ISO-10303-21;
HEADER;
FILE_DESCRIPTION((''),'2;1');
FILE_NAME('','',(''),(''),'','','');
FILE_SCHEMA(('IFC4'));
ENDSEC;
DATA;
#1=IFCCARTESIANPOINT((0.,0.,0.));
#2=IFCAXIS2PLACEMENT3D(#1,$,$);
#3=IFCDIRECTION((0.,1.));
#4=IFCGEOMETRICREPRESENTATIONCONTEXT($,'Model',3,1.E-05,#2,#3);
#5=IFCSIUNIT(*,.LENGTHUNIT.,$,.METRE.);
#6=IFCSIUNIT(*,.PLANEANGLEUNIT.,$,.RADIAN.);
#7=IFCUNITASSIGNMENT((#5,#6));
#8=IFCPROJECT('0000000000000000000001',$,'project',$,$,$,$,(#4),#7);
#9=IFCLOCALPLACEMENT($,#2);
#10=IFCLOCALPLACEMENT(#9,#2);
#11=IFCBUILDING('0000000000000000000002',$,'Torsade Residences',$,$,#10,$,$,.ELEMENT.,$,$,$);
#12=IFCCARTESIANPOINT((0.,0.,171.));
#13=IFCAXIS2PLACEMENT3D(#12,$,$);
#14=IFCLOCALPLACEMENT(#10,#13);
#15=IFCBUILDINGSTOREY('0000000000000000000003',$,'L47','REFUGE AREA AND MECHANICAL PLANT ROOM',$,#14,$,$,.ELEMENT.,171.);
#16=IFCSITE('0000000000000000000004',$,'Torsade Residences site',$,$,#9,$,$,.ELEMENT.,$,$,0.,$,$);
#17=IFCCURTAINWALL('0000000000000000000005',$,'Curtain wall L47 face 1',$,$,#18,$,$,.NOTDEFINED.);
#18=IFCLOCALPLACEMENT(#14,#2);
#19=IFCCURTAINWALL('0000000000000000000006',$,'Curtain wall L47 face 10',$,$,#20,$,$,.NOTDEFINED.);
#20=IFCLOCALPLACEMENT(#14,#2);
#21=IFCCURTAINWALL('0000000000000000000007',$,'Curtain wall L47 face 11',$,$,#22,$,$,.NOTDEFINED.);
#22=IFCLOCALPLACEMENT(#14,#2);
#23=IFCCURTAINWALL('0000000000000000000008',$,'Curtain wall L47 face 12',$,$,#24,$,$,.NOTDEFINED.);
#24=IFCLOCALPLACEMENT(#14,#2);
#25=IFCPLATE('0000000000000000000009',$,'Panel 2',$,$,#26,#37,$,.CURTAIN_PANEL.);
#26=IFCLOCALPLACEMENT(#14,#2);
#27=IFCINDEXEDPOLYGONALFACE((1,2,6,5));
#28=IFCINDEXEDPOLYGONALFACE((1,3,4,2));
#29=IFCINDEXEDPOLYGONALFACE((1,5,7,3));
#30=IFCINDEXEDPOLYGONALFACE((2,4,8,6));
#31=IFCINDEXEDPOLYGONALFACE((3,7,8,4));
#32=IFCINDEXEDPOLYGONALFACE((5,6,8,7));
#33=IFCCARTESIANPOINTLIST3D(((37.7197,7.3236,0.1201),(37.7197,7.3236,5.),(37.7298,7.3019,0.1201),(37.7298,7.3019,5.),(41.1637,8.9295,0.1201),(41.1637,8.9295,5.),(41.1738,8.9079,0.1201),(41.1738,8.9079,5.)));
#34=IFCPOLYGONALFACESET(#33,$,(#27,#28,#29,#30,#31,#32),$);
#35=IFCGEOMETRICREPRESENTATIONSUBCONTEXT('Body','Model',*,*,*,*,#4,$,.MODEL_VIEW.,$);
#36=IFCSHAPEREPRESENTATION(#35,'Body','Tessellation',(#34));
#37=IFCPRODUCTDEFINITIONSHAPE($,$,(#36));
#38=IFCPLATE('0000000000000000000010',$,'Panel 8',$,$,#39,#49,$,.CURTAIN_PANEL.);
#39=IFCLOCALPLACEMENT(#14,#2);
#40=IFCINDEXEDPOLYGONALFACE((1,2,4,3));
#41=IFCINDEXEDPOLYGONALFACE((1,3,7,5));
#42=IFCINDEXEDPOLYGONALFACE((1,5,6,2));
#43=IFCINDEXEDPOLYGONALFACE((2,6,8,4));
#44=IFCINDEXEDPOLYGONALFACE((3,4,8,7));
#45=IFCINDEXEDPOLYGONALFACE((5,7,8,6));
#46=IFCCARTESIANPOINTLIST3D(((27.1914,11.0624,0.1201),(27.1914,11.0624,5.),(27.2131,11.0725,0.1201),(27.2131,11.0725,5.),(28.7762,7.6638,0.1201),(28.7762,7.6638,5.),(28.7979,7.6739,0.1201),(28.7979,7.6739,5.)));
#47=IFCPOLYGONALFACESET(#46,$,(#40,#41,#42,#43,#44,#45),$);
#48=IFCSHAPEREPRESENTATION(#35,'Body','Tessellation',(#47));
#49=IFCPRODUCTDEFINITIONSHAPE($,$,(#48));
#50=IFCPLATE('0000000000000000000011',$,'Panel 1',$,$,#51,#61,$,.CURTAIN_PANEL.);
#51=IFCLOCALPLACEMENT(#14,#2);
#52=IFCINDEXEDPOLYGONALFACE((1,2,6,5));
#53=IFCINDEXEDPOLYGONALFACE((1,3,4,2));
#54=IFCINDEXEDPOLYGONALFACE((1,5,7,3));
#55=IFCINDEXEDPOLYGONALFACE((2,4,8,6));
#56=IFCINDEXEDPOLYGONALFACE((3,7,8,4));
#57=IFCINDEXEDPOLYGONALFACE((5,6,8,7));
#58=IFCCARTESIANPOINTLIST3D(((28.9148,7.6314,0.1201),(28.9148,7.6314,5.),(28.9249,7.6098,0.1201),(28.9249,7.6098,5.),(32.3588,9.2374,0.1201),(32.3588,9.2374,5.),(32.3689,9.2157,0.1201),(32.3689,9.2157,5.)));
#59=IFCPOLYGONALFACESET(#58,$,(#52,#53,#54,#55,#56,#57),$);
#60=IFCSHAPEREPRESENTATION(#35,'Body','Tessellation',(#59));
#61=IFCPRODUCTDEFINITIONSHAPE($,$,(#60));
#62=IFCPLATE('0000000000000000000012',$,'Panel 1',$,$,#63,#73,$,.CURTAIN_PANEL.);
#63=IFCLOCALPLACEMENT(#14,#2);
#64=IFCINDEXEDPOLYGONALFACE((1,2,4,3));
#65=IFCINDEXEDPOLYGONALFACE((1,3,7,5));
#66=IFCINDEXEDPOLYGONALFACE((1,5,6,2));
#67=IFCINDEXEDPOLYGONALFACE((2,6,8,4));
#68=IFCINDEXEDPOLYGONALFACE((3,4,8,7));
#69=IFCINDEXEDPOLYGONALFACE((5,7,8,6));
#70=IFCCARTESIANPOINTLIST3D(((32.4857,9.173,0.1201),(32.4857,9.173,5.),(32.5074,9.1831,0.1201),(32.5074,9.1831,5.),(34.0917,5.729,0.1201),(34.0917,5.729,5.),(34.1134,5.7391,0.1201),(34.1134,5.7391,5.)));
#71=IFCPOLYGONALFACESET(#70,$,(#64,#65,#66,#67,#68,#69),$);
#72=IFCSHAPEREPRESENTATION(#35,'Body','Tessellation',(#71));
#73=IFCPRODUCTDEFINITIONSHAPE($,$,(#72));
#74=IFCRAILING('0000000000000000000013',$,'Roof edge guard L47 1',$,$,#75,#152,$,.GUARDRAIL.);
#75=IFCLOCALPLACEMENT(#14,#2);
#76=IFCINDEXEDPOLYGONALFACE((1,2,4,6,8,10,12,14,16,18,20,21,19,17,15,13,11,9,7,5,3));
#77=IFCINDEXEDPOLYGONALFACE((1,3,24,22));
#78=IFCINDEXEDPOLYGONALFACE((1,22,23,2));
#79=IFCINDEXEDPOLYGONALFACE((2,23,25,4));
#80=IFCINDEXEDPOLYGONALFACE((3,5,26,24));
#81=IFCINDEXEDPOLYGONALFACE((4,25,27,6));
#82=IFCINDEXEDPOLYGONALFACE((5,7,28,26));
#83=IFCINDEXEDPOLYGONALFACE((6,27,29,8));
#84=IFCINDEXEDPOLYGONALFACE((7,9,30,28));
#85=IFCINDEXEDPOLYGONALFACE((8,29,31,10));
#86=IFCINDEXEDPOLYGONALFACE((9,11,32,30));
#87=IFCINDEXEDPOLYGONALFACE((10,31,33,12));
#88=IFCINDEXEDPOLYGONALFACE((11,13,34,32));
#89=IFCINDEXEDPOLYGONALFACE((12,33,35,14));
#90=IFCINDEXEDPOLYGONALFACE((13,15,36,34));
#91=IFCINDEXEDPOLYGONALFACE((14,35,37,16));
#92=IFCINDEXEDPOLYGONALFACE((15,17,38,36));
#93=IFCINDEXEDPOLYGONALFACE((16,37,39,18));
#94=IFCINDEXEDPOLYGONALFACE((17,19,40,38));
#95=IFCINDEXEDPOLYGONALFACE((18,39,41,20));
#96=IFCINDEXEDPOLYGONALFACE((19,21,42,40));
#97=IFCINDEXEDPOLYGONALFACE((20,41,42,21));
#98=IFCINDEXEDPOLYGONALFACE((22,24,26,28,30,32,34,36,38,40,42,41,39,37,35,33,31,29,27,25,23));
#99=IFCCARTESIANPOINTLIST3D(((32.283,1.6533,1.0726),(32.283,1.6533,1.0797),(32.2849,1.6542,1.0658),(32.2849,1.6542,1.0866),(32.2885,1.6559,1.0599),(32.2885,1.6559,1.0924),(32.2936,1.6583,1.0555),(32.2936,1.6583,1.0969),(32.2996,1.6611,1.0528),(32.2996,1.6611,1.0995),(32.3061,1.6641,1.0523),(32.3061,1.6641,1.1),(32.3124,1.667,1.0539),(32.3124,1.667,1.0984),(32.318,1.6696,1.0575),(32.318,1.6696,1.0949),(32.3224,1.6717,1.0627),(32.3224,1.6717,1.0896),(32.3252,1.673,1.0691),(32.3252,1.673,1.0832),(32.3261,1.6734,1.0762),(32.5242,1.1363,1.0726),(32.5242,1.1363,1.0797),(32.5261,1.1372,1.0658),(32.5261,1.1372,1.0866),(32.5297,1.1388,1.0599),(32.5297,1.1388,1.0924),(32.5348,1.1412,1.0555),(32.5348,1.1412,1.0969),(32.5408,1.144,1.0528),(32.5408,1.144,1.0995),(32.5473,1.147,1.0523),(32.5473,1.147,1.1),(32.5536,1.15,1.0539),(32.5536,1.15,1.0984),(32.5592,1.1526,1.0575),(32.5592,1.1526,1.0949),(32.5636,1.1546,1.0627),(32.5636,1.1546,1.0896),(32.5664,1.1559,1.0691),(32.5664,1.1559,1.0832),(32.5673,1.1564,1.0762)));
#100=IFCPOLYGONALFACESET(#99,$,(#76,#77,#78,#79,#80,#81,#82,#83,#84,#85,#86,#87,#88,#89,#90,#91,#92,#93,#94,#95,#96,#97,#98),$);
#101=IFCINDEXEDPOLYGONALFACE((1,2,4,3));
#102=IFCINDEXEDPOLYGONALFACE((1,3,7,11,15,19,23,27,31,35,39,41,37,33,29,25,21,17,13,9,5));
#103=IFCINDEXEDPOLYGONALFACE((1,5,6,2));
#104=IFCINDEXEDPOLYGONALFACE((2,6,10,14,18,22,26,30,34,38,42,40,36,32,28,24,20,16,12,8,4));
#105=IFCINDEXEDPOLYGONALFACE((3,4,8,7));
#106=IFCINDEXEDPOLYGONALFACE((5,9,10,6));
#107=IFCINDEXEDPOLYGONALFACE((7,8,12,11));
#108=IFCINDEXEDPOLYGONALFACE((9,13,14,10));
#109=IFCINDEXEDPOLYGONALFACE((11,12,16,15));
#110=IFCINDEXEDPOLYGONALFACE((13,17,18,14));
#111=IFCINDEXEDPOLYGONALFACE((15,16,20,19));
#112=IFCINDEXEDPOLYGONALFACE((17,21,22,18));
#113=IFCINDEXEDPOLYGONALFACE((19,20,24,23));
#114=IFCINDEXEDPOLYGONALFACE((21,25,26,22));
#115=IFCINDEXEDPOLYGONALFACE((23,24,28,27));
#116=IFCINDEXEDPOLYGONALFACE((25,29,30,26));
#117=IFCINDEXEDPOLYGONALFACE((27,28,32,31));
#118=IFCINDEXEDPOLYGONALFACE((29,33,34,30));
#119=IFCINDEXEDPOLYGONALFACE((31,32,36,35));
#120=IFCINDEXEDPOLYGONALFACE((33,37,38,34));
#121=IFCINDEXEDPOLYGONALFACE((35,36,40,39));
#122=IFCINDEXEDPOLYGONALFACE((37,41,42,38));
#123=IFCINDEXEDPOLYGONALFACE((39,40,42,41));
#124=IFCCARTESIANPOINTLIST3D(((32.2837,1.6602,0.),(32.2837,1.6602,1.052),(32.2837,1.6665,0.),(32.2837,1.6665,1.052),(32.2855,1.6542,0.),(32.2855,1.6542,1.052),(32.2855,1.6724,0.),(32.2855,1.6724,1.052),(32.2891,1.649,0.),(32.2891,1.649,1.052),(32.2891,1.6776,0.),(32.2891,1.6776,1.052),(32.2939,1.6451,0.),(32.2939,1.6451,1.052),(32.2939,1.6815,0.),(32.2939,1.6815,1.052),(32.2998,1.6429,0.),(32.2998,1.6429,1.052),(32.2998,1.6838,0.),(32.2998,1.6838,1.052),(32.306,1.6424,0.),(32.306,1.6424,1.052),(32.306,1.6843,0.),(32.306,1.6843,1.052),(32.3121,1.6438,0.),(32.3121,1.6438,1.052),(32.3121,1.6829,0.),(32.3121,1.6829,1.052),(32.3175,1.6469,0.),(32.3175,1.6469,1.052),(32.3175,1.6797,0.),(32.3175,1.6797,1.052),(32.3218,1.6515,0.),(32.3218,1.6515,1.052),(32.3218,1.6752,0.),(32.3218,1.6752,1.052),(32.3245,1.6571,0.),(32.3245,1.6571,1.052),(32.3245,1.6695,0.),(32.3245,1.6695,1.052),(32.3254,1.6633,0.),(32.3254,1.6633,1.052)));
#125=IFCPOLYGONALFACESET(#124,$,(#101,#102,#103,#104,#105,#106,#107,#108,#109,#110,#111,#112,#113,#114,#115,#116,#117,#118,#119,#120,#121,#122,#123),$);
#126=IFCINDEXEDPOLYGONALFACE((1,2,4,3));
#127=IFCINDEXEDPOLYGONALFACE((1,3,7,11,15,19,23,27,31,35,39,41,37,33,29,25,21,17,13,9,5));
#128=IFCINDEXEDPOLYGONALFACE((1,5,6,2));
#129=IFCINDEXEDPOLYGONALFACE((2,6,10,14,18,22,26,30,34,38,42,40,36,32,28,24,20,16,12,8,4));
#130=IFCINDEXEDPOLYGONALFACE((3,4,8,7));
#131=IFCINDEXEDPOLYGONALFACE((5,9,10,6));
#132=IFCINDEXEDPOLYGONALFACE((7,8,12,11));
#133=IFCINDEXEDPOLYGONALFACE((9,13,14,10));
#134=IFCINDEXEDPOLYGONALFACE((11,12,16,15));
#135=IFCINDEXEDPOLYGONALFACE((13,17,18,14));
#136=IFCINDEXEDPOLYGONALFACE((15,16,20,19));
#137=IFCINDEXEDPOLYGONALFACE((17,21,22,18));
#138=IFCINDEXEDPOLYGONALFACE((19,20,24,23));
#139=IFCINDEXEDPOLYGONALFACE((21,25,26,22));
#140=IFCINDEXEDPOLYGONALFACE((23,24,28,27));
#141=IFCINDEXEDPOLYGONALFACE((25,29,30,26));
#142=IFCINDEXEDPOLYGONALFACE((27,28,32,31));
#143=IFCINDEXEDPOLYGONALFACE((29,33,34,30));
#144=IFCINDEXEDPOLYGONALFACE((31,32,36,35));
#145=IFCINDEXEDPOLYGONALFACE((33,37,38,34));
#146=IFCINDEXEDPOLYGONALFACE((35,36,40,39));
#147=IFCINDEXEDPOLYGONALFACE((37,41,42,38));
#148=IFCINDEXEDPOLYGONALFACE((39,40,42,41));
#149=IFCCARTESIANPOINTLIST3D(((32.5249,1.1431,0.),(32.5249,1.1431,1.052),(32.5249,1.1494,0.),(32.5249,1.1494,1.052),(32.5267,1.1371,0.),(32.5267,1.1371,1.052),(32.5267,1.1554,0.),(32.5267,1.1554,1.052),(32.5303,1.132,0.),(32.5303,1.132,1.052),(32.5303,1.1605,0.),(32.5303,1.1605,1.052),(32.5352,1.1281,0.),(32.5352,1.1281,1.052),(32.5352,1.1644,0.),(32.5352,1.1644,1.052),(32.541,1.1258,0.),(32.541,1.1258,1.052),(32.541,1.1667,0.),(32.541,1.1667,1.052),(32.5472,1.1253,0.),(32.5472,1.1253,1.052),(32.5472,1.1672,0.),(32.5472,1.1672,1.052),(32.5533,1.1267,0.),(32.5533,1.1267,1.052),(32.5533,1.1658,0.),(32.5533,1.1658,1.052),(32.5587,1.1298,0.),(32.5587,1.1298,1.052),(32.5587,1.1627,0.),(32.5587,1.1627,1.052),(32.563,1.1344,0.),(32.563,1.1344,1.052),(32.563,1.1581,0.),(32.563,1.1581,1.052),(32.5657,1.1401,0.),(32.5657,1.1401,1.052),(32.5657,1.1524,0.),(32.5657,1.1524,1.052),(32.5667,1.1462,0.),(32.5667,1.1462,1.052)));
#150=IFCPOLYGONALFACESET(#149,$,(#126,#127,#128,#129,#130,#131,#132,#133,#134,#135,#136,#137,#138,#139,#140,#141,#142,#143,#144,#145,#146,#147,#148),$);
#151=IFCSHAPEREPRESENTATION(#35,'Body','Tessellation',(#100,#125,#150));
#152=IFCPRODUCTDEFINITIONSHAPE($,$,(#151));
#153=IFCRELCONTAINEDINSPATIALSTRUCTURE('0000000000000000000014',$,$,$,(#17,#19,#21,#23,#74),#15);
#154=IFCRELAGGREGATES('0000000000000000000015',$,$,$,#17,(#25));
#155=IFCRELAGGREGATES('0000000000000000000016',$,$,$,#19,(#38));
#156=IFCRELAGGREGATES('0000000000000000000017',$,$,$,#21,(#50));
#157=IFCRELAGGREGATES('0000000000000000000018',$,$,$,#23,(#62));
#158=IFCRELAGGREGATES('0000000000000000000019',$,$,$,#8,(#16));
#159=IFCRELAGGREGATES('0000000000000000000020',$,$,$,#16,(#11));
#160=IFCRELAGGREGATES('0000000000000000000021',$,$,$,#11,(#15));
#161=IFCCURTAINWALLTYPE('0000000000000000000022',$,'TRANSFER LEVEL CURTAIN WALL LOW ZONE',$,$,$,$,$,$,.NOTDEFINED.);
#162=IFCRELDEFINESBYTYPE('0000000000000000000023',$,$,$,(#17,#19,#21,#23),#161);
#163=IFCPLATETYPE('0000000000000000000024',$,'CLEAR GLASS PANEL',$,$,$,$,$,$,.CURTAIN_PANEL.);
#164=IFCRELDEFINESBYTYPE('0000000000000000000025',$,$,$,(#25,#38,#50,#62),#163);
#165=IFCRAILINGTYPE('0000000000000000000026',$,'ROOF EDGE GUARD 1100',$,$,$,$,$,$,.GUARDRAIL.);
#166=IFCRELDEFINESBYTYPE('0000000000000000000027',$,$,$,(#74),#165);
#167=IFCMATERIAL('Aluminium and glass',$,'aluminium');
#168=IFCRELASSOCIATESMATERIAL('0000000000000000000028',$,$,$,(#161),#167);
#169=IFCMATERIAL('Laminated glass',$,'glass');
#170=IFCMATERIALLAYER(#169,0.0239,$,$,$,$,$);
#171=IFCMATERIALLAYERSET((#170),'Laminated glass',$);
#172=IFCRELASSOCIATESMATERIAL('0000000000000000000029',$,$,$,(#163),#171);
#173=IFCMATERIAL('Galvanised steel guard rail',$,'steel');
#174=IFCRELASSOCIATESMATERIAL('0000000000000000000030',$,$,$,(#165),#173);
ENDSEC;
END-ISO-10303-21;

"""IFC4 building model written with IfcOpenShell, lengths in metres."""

from ifc_helpers import new_model, si_unit, direction, frame, origin, origin_2d, place, context, subcontext, project, spatial, rectangle, circle, extrude, material, layer, layer_set, type_object, element, aggregate, save


model = new_model("IFC4")

# Units and contexts
model_context = context("Model", 3, precision=1e-05, world=origin(), true_north=direction((0.0, 1.0)))
body_context = subcontext(model_context, "Body", "Model", "MODEL_VIEW")
ifc_project = project(units=[si_unit("LENGTHUNIT", "METRE"), si_unit("PLANEANGLEUNIT", "RADIAN")], contexts=[model_context])

# Site, building, storey
site_placement = place(None, origin())
site = spatial("IfcSite", under=ifc_project, at=site_placement, Name="Torsade Residences site", CompositionType="ELEMENT", RefElevation=0.0)
building_placement = place(site_placement, origin())
building = spatial("IfcBuilding", under=site, at=building_placement, Name="Torsade Residences", CompositionType="ELEMENT")
storey_placement = place(building_placement, frame((0.0, 0.0, 171.0)))
storey = spatial("IfcBuildingStorey", under=building, at=storey_placement, Name="L47", Description="REFUGE AREA AND MECHANICAL PLANT ROOM", CompositionType="ELEMENT", Elevation=171.0)

# Curtain wall
ifc_material_1 = material(Name="Aluminium and glass", Category="aluminium")
curtain_wall_type = type_object("IfcCurtainWallType", Name="TRANSFER LEVEL CURTAIN WALL LOW ZONE", PredefinedType="NOTDEFINED", material=ifc_material_1)
curtain_wall_1_placement = place(storey_placement, origin())
curtain_wall_1 = element("IfcCurtainWall", 1, at=curtain_wall_1_placement, inside=storey, type_object=curtain_wall_type, Name="Curtain wall L47 face 1", PredefinedType="NOTDEFINED")

# Curtain wall
curtain_wall_2_placement = place(storey_placement, origin())
curtain_wall_2 = element("IfcCurtainWall", 2, at=curtain_wall_2_placement, inside=storey, type_object=curtain_wall_type, Name="Curtain wall L47 face 10", PredefinedType="NOTDEFINED")

# Curtain walls
curtain_wall_3_placement = place(storey_placement, origin())
curtain_wall_3 = element("IfcCurtainWall", 3, at=curtain_wall_3_placement, inside=storey, type_object=curtain_wall_type, Name="Curtain wall L47 face 11", PredefinedType="NOTDEFINED")
curtain_wall_4_placement = place(storey_placement, origin())
curtain_wall_4 = element("IfcCurtainWall", 4, at=curtain_wall_4_placement, inside=storey, type_object=curtain_wall_type, Name="Curtain wall L47 face 12", PredefinedType="NOTDEFINED")

# Plates
ifc_material_2 = material(Name="Laminated glass", Category="glass")
ifc_layer = layer(ifc_material_2, 0.0239)
ifc_layer_set = layer_set([ifc_layer], Name="Laminated glass")
plate_type = type_object("IfcPlateType", Name="CLEAR GLASS PANEL", PredefinedType="CURTAIN_PANEL", material=ifc_layer_set)
plate_1_placement = place(storey_placement, frame((39.4468, 8.1157, 0.1201), z_axis=(0.0, 0.0, 1.0), x_axis=(0.906308, 0.422618, 0.0)))
plate_1 = element("IfcPlate", 5, at=plate_1_placement, type_object=plate_type, Name="Panel 2", PredefinedType="CURTAIN_PANEL", context=body_context, shape_type="SweptSolid", body=[
    extrude(rectangle(XDim=3.8, YDim=0.0239, at=origin_2d()), origin(), (0.0, 0.0, 1.0), 4.8799),
])
aggregate(curtain_wall_1, [plate_1])
plate_2_placement = place(storey_placement, frame((27.9946, 9.3682, 0.1201), z_axis=(0.0, 0.0, 1.0), x_axis=(0.422618, -0.906308, 0.0)))
plate_2 = element("IfcPlate", 6, at=plate_2_placement, type_object=plate_type, Name="Panel 8", PredefinedType="CURTAIN_PANEL", context=body_context, shape_type="SweptSolid", body=[
    extrude(rectangle(XDim=3.75, YDim=0.0239, at=origin_2d()), origin(), (0.0, 0.0, 1.0), 4.8799),
])
aggregate(curtain_wall_2, [plate_2])
plate_3_placement = place(storey_placement, frame((30.6418, 8.4236, 0.1201), z_axis=(0.0, 0.0, 1.0), x_axis=(0.906308, 0.422618, 0.0)))
plate_3 = element("IfcPlate", 7, at=plate_3_placement, type_object=plate_type, Name="Panel 1", PredefinedType="CURTAIN_PANEL", context=body_context, shape_type="SweptSolid", body=[
    extrude(rectangle(XDim=3.8, YDim=0.0239, at=origin_2d()), origin(), (0.0, 0.0, 1.0), 4.8799),
])
aggregate(curtain_wall_3, [plate_3])
plate_4_placement = place(storey_placement, frame((33.2996, 7.4561, 0.1201), z_axis=(0.0, 0.0, 1.0), x_axis=(0.422618, -0.906308, 0.0)))
plate_4 = element("IfcPlate", 8, at=plate_4_placement, type_object=plate_type, Name="Panel 1", PredefinedType="CURTAIN_PANEL", context=body_context, shape_type="SweptSolid", body=[
    extrude(rectangle(XDim=3.8, YDim=0.0239, at=origin_2d()), origin(), (0.0, 0.0, 1.0), 4.8799),
])
aggregate(curtain_wall_4, [plate_4])

# Railing
ifc_material_3 = material(Name="Galvanised steel guard rail", Category="steel")
railing_type = type_object("IfcRailingType", Name="ROOF EDGE GUARD 1100", PredefinedType="GUARDRAIL", material=ifc_material_3)
railing_1_placement = place(storey_placement, frame((32.3044, 1.6633, 0.0)))
element("IfcRailing", 9, at=railing_1_placement, inside=storey, type_object=railing_type, Name="Roof edge guard L47 1", PredefinedType="GUARDRAIL", context=body_context, shape_type="SweptSolid", body=[
    extrude(circle(Radius=0.0239, at=origin_2d()), frame((0.0, 0.0, 1.0762), z_axis=(0.422745, -0.906249, 0.0), x_axis=(0.906249, 0.422745, 0.0)), (0.0, 0.0, 1.0), 0.5706),
    extrude(circle(Radius=0.021, at=origin_2d()), origin(), (0.0, 0.0, 1.0), 1.052),
    extrude(circle(Radius=0.021, at=origin_2d()), frame((0.2412, -0.5171, 0.0)), (0.0, 0.0, 1.0), 1.052),
])

save(model, "model.ifc")
